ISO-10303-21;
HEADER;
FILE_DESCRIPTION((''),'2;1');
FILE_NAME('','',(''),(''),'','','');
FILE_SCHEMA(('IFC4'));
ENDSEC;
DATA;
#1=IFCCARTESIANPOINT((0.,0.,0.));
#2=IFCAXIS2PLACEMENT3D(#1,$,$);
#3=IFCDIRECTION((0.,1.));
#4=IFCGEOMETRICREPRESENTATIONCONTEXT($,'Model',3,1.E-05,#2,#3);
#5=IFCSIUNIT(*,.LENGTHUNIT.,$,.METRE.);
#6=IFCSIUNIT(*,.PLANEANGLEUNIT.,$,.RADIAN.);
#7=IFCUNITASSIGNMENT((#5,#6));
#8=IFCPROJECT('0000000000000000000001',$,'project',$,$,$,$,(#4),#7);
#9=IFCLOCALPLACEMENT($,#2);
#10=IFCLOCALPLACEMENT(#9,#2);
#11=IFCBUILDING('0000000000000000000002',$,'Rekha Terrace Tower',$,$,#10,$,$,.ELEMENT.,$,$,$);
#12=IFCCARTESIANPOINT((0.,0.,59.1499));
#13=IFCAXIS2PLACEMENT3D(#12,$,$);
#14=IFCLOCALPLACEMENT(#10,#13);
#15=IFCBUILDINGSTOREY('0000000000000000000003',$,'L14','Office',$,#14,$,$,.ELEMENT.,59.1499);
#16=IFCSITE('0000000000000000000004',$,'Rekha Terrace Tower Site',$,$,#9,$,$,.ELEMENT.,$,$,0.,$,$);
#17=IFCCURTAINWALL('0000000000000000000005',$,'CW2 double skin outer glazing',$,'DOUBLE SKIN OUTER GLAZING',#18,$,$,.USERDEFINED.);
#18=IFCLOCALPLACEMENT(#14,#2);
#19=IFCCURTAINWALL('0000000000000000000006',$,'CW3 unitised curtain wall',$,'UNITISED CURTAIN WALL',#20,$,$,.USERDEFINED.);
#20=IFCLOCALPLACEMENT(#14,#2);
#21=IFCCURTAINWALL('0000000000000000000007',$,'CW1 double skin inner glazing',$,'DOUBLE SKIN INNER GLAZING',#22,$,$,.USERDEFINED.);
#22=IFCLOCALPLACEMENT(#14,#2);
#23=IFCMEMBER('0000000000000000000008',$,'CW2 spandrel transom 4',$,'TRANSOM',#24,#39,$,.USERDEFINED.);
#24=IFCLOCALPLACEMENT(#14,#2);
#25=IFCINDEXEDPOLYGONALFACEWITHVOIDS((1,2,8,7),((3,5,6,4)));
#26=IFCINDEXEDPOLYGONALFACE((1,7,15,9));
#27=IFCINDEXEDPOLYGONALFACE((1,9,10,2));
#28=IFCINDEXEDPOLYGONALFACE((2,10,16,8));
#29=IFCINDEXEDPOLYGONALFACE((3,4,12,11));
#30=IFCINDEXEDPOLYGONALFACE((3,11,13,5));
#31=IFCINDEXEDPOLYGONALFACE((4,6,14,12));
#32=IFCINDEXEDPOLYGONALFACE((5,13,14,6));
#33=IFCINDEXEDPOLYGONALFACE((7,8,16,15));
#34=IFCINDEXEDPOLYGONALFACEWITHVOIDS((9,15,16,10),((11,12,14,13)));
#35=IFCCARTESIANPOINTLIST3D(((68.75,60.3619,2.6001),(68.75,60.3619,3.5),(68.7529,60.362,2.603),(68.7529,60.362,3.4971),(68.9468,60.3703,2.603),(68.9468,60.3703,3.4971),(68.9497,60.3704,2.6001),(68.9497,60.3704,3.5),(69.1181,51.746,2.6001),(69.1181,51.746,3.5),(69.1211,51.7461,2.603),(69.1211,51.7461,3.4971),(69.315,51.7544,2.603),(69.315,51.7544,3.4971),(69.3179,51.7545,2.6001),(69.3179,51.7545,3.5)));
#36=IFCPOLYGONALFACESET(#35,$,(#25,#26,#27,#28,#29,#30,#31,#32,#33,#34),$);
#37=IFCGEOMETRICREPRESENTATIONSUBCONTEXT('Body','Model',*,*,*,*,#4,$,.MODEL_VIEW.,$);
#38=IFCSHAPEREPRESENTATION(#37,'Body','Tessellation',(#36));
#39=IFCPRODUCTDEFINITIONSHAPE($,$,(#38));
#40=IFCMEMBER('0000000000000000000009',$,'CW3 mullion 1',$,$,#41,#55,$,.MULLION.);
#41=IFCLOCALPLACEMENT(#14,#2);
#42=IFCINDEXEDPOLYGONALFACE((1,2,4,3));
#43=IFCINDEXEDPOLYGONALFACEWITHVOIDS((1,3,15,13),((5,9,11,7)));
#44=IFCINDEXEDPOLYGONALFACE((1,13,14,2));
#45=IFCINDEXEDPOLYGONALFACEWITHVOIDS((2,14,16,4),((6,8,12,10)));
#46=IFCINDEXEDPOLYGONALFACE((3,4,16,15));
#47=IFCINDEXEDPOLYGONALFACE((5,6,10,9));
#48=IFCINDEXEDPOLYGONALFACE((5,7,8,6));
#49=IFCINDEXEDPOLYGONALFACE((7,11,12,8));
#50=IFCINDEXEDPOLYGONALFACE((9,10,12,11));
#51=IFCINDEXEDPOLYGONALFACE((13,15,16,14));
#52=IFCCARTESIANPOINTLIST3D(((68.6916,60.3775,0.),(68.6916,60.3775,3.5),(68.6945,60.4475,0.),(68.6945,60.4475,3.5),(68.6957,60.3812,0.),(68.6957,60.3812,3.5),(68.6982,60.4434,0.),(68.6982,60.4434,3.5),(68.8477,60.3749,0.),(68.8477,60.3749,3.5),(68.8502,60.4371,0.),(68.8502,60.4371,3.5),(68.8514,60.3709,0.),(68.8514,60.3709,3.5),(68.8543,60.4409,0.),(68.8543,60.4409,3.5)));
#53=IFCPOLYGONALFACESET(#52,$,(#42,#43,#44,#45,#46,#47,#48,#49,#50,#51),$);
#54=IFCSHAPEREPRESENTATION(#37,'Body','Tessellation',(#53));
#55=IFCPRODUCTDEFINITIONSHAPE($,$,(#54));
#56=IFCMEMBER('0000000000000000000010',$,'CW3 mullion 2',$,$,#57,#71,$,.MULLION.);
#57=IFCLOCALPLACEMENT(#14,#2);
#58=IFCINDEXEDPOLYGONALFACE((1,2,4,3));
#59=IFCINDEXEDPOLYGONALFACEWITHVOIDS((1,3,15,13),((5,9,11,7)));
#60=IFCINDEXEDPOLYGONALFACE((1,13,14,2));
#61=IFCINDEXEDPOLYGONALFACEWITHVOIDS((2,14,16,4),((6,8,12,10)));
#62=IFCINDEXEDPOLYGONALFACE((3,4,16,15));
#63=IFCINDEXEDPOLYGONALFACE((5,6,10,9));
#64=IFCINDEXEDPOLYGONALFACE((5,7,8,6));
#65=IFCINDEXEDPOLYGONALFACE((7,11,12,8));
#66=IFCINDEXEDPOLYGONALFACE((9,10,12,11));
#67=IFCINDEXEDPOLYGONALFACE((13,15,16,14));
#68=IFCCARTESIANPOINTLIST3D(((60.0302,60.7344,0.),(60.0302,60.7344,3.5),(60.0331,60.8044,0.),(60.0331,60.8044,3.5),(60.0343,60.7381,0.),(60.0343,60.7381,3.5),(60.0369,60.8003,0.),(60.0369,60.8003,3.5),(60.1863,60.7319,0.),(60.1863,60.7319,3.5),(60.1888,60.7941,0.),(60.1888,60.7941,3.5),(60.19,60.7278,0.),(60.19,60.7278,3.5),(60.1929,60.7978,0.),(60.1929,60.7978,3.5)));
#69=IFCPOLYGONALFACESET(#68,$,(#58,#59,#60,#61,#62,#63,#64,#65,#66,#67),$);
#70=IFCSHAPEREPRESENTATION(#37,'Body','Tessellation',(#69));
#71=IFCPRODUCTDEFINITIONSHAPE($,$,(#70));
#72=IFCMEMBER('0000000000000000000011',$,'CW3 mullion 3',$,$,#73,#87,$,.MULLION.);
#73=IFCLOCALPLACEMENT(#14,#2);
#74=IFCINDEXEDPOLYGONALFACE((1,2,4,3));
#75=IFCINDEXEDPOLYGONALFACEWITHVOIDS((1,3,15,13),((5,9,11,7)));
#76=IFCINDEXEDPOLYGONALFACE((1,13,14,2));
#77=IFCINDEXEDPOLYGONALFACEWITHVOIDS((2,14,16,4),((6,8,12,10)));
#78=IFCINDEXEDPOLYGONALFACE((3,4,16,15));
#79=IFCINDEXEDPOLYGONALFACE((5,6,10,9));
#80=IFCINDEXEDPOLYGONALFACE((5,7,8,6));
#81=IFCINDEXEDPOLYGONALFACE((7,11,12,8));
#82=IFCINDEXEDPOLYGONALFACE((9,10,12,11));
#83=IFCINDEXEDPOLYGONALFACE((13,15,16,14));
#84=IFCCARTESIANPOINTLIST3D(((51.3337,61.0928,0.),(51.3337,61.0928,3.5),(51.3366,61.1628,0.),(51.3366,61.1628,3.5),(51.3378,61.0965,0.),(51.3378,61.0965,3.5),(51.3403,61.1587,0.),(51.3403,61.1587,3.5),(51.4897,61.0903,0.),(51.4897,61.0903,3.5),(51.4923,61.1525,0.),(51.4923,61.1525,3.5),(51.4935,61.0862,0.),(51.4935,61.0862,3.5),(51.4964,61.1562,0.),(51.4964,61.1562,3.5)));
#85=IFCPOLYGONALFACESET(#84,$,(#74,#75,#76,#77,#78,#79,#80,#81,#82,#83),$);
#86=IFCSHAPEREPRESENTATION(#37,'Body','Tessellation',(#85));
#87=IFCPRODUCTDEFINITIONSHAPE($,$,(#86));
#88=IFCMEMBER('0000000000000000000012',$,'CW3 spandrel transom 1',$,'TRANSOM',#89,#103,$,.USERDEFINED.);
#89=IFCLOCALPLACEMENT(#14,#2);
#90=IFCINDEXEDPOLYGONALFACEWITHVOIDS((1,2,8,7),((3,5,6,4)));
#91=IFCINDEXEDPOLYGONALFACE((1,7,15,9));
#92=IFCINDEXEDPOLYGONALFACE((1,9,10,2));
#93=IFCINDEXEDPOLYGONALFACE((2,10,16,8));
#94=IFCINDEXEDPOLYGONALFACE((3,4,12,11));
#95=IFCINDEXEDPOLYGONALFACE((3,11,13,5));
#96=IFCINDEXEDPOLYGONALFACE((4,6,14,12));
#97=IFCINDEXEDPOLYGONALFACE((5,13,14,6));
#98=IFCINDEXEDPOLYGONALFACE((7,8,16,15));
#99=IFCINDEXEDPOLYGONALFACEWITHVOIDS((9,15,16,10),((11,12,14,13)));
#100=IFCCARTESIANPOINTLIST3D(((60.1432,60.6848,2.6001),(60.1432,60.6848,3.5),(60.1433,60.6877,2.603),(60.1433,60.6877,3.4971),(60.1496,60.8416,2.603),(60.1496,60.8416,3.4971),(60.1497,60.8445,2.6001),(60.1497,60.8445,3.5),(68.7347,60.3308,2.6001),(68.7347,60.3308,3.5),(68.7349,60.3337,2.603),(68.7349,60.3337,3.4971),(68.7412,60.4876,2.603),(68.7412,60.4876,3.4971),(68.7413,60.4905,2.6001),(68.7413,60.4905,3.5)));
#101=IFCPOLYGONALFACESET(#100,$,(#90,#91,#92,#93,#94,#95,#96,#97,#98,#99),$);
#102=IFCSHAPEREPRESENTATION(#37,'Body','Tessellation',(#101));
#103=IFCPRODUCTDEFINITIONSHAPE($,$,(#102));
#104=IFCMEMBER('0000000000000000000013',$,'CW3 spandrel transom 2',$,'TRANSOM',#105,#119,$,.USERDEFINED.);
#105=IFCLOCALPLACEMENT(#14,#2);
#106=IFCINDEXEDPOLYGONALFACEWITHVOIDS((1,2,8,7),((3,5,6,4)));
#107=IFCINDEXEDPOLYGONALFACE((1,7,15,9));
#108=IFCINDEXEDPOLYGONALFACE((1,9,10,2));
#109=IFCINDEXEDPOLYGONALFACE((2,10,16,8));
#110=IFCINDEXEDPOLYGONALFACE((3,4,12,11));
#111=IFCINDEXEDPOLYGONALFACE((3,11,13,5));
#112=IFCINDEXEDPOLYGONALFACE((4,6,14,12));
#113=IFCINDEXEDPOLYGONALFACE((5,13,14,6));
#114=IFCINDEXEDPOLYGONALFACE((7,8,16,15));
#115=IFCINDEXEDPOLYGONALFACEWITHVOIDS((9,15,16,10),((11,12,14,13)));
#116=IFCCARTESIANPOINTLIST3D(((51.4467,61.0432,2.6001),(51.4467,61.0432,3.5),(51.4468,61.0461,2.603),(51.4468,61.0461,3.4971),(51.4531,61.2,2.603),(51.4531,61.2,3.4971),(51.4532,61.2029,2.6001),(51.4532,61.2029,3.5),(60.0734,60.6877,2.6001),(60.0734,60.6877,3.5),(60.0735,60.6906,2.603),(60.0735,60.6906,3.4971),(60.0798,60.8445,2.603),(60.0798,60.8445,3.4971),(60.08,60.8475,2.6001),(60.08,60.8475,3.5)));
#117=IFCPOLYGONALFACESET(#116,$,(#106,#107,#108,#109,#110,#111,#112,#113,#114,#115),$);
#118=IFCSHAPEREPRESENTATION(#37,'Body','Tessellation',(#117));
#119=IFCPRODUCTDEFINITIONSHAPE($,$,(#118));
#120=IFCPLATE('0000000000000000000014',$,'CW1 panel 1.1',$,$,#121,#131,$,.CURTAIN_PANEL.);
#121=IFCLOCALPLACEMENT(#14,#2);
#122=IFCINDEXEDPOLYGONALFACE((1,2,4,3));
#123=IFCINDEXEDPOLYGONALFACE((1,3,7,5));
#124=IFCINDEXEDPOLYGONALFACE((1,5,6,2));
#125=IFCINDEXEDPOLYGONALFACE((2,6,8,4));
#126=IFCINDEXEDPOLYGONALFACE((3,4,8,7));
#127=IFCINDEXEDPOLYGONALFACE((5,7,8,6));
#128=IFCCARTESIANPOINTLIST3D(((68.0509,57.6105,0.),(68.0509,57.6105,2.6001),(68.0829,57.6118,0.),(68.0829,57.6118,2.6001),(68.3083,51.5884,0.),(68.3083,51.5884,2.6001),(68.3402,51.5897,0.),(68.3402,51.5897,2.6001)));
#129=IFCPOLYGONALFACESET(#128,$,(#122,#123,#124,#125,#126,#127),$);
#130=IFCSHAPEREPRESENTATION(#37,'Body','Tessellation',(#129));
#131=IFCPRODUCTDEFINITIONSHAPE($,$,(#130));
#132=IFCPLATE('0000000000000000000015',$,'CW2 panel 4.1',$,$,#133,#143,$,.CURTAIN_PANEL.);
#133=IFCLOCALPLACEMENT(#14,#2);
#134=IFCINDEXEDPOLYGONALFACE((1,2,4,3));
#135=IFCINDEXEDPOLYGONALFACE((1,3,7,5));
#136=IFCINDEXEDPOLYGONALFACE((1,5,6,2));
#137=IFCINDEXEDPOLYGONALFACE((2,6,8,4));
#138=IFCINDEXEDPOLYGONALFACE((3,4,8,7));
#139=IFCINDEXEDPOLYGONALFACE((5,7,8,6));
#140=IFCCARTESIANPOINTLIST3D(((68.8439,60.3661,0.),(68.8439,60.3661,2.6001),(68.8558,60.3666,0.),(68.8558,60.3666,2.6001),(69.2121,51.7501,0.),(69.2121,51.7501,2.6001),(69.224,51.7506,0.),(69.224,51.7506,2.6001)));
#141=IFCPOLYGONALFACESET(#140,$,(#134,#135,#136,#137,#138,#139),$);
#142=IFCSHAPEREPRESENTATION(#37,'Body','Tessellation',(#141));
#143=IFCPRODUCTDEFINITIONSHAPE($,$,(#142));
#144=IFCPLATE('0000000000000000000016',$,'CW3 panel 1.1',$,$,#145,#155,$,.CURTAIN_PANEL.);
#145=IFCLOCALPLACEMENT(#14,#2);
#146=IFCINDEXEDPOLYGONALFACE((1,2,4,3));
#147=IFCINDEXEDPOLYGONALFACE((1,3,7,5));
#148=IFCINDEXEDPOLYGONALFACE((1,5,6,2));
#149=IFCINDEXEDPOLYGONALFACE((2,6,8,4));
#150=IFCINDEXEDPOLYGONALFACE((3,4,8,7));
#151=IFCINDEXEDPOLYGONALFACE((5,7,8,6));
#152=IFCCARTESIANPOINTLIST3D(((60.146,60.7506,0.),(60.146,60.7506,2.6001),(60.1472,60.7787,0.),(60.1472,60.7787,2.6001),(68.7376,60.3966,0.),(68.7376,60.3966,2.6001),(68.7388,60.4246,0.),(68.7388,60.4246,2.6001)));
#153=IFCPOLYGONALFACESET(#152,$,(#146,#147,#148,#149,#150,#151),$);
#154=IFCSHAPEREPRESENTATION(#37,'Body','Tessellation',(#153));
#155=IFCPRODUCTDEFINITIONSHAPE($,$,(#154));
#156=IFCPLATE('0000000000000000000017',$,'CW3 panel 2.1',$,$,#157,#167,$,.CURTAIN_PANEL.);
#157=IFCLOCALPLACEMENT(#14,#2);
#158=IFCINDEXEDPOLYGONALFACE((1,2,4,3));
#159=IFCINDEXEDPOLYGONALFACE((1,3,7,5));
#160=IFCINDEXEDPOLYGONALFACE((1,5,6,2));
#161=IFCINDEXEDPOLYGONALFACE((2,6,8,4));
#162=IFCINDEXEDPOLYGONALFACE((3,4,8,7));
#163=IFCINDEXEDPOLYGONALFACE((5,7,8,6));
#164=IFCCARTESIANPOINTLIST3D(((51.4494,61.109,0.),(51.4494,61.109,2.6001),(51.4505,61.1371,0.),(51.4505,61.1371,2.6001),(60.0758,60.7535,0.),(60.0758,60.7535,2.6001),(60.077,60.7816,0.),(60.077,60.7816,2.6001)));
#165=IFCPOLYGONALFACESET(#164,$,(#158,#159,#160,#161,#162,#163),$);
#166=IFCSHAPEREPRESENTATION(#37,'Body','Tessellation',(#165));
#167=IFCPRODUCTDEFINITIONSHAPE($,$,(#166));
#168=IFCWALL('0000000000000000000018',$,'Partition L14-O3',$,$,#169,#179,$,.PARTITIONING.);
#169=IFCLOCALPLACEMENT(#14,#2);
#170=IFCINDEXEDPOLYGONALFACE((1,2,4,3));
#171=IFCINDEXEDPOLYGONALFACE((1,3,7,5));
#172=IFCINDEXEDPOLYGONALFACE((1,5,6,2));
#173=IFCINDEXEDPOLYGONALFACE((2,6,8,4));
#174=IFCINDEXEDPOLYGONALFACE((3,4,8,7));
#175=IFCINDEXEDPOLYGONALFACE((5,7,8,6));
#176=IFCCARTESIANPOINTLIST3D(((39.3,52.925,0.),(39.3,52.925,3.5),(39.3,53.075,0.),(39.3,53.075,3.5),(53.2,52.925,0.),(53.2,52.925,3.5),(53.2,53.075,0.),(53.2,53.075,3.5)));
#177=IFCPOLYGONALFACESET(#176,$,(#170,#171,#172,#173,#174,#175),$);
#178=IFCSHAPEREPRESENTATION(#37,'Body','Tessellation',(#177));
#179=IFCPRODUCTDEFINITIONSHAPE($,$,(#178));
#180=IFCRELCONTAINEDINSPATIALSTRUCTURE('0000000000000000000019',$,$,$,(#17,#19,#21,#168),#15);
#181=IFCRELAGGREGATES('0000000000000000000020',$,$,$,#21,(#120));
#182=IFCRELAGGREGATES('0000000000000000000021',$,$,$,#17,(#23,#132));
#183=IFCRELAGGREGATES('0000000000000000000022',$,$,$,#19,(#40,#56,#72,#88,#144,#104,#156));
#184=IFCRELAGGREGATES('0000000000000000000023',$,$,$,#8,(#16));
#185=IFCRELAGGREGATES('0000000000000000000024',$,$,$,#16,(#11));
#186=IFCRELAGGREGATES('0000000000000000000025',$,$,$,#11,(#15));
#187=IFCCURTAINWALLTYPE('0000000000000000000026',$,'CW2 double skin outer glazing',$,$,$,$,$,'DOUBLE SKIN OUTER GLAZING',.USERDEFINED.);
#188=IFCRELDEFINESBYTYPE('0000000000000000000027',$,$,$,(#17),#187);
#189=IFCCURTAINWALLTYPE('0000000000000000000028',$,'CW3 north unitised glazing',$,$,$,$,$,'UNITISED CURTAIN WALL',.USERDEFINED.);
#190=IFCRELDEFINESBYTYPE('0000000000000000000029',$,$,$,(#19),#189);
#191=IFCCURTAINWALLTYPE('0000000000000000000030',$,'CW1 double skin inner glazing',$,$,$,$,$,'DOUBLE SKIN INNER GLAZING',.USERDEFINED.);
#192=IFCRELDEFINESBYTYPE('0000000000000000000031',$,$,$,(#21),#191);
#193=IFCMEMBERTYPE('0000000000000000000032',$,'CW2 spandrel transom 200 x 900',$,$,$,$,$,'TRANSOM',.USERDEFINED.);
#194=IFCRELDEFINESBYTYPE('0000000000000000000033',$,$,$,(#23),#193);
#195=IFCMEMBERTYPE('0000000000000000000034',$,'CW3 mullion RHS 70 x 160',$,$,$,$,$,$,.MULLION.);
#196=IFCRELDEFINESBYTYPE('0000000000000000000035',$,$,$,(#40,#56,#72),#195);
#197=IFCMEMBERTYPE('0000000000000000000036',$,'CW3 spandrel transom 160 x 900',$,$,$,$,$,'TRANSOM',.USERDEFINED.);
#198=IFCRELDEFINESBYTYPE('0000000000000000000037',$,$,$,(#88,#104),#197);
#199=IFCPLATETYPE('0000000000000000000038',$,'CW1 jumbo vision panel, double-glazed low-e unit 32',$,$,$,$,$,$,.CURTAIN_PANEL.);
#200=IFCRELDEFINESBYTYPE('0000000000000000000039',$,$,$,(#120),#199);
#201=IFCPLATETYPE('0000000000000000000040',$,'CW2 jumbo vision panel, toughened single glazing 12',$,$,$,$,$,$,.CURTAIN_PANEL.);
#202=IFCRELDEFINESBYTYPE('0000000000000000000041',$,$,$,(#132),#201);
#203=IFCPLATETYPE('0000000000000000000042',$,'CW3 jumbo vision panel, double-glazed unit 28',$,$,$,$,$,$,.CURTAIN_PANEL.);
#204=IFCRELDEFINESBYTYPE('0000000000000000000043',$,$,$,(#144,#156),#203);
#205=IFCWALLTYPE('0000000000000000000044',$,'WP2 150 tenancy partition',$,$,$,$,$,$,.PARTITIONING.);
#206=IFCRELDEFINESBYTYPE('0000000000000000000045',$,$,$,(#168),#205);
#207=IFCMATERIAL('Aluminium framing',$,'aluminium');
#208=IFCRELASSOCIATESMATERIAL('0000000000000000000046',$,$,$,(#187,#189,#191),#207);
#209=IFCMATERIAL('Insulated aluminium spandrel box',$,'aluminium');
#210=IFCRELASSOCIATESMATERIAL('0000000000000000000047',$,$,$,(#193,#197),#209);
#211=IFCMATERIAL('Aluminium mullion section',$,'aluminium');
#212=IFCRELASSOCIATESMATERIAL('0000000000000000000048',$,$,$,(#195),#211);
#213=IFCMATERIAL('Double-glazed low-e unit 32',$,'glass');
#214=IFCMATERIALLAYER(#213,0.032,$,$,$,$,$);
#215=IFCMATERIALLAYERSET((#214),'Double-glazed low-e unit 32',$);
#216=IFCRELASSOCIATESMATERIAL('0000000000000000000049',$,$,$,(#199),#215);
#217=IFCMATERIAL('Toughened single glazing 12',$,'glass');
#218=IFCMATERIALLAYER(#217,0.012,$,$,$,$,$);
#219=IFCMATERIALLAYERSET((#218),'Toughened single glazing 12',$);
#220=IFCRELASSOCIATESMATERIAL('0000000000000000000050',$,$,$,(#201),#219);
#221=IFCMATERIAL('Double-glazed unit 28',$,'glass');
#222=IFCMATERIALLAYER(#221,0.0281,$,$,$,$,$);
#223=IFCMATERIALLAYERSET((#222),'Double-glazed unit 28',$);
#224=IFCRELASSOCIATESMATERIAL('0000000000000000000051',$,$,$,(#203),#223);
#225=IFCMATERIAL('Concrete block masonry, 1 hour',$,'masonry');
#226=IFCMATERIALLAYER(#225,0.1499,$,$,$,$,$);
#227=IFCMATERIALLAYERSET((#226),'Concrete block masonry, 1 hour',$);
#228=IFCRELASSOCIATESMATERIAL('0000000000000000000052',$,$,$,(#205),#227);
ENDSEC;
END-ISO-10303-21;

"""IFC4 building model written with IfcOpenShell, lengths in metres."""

from ifc_helpers import new_model, si_unit, direction, frame, frame_2d, origin, origin_2d, place, context, subcontext, project, spatial, rectangle, hollow_rectangle, extrude, material, layer, layer_set, material_profile, profile_set, type_object, element, aggregate, save


model = new_model("IFC4")

# Units and contexts
model_context = context("Model", 3, precision=1e-05, world=origin(), true_north=direction((0.0, 1.0)))
body_context = subcontext(model_context, "Body", "Model", "MODEL_VIEW")
ifc_project = project(units=[si_unit("LENGTHUNIT", "METRE"), si_unit("PLANEANGLEUNIT", "RADIAN")], contexts=[model_context])

# Site, building, storey
site_placement = place(None, origin())
site = spatial("IfcSite", under=ifc_project, at=site_placement, Name="Rekha Terrace Tower Site", CompositionType="ELEMENT", RefElevation=0.0)
building_placement = place(site_placement, origin())
building = spatial("IfcBuilding", under=site, at=building_placement, Name="Rekha Terrace Tower", CompositionType="ELEMENT")
storey_placement = place(building_placement, frame((0.0, 0.0, 59.1499)))
storey = spatial("IfcBuildingStorey", under=building, at=storey_placement, Name="L14", Description="Office", CompositionType="ELEMENT", Elevation=59.1499)

# Curtain wall
ifc_material_1 = material(Name="Aluminium framing", Category="aluminium")
curtain_wall_type_1 = type_object("IfcCurtainWallType", Name="CW2 double skin outer glazing", ElementType="DOUBLE SKIN OUTER GLAZING", PredefinedType="USERDEFINED", material=ifc_material_1)
curtain_wall_1_placement = place(storey_placement, origin())
curtain_wall_1 = element("IfcCurtainWall", 1, at=curtain_wall_1_placement, inside=storey, type_object=curtain_wall_type_1, Name="CW2 double skin outer glazing", ObjectType="DOUBLE SKIN OUTER GLAZING", PredefinedType="USERDEFINED")

# Curtain walls
curtain_wall_type_2 = type_object("IfcCurtainWallType", Name="CW3 north unitised glazing", ElementType="UNITISED CURTAIN WALL", PredefinedType="USERDEFINED", material=ifc_material_1)
curtain_wall_2_placement = place(storey_placement, origin())
curtain_wall_2 = element("IfcCurtainWall", 2, at=curtain_wall_2_placement, inside=storey, type_object=curtain_wall_type_2, Name="CW3 unitised curtain wall", ObjectType="UNITISED CURTAIN WALL", PredefinedType="USERDEFINED")
curtain_wall_type_3 = type_object("IfcCurtainWallType", Name="CW1 double skin inner glazing", ElementType="DOUBLE SKIN INNER GLAZING", PredefinedType="USERDEFINED", material=ifc_material_1)
curtain_wall_3_placement = place(storey_placement, origin())
curtain_wall_3 = element("IfcCurtainWall", 3, at=curtain_wall_3_placement, inside=storey, type_object=curtain_wall_type_3, Name="CW1 double skin inner glazing", ObjectType="DOUBLE SKIN INNER GLAZING", PredefinedType="USERDEFINED")
ifc_material_2 = material(Name="Aluminium mullion section", Category="aluminium")
ifc_material_3 = material(Name="Insulated aluminium spandrel box", Category="aluminium")

# Members
ifc_material_profile_1 = material_profile(ifc_material_3, hollow_rectangle(XDim=0.2, YDim=0.8999, WallThickness=0.0029, at=origin_2d()), Name="AL SPANDREL BOX 200x900")
ifc_profile_set_1 = profile_set([ifc_material_profile_1], Name="Insulated aluminium spandrel box")
member_type_1 = type_object("IfcMemberType", Name="CW2 spandrel transom 200 x 900", ElementType="TRANSOM", PredefinedType="USERDEFINED", material=ifc_profile_set_1)
member_1_placement = place(storey_placement, frame((69.218, 51.7502, 3.05), z_axis=(-0.042691, 0.999088, 0.0), x_axis=(-0.999088, -0.042691, 0.0)))
member_1 = element("IfcMember", 4, at=member_1_placement, type_object=member_type_1, Name="CW2 spandrel transom 4", ObjectType="TRANSOM", PredefinedType="USERDEFINED", context=body_context, shape_type="SweptSolid", body=[
    extrude(hollow_rectangle(XDim=0.2, YDim=0.8999, WallThickness=0.0029, at=origin_2d()), origin(), (0.0, 0.0, 1.0), 8.6238),
])
ifc_material_profile_2 = material_profile(ifc_material_2, hollow_rectangle(XDim=0.0701, YDim=0.1599, WallThickness=0.0039, at=origin_2d()), Name="AL RHS 70x160")
ifc_profile_set_2 = profile_set([ifc_material_profile_2], Name="Aluminium mullion section")
member_type_2 = type_object("IfcMemberType", Name="CW3 mullion RHS 70 x 160", PredefinedType="MULLION", material=ifc_profile_set_2)
member_2_placement = place(storey_placement, frame((68.7729, 60.4092, 0.0), z_axis=(0.0, 0.0, 1.0), x_axis=(-0.041174, -0.999152, 0.0)))
member_2 = element("IfcMember", 5, at=member_2_placement, type_object=member_type_2, Name="CW3 mullion 1", PredefinedType="MULLION", context=body_context, shape_type="SweptSolid", body=[
    extrude(hollow_rectangle(XDim=0.0701, YDim=0.1599, WallThickness=0.0039, at=origin_2d()), origin(), (0.0, 0.0, 1.0), 3.5),
])
member_3_placement = place(storey_placement, frame((60.1116, 60.7661, 0.0), z_axis=(0.0, 0.0, 1.0), x_axis=(-0.041174, -0.999152, 0.0)))
member_3 = element("IfcMember", 6, at=member_3_placement, type_object=member_type_2, Name="CW3 mullion 2", PredefinedType="MULLION", context=body_context, shape_type="SweptSolid", body=[
    extrude(hollow_rectangle(XDim=0.0701, YDim=0.1599, WallThickness=0.0039, at=origin_2d()), origin(), (0.0, 0.0, 1.0), 3.5),
])
member_4_placement = place(storey_placement, frame((51.415, 61.1245, 0.0), z_axis=(0.0, 0.0, 1.0), x_axis=(-0.041174, -0.999152, 0.0)))
member_4 = element("IfcMember", 7, at=member_4_placement, type_object=member_type_2, Name="CW3 mullion 3", PredefinedType="MULLION", context=body_context, shape_type="SweptSolid", body=[
    extrude(hollow_rectangle(XDim=0.0701, YDim=0.1599, WallThickness=0.0039, at=origin_2d()), origin(), (0.0, 0.0, 1.0), 3.5),
])
ifc_material_profile_3 = material_profile(ifc_material_3, hollow_rectangle(XDim=0.1599, YDim=0.8999, WallThickness=0.0029, at=origin_2d()), Name="AL SPANDREL BOX 160x900")
ifc_profile_set_3 = profile_set([ifc_material_profile_3], Name="Insulated aluminium spandrel box")
member_type_3 = type_object("IfcMemberType", Name="CW3 spandrel transom 160 x 900", ElementType="TRANSOM", PredefinedType="USERDEFINED", material=ifc_profile_set_3)
member_5_placement = place(storey_placement, frame((68.738, 60.4106, 3.05), z_axis=(-0.999152, 0.041169, 0.0), x_axis=(-0.041169, -0.999152, 0.0)))
member_5 = element("IfcMember", 8, at=member_5_placement, type_object=member_type_3, Name="CW3 spandrel transom 1", ObjectType="TRANSOM", PredefinedType="USERDEFINED", context=body_context, shape_type="SweptSolid", body=[
    extrude(hollow_rectangle(XDim=0.1599, YDim=0.8999, WallThickness=0.0029, at=origin_2d()), origin(), (0.0, 0.0, 1.0), 8.5989),
])
member_6_placement = place(storey_placement, frame((60.0767, 60.7676, 3.05), z_axis=(-0.999152, 0.041171, 0.0), x_axis=(-0.041171, -0.999152, 0.0)))
member_6 = element("IfcMember", 9, at=member_6_placement, type_object=member_type_3, Name="CW3 spandrel transom 2", ObjectType="TRANSOM", PredefinedType="USERDEFINED", context=body_context, shape_type="SweptSolid", body=[
    extrude(hollow_rectangle(XDim=0.1599, YDim=0.8999, WallThickness=0.0029, at=origin_2d()), origin(), (0.0, 0.0, 1.0), 8.634),
])

# Plates
ifc_material_4 = material(Name="Double-glazed low-e unit 32", Category="glass")
ifc_layer_1 = layer(ifc_material_4, 0.032)
ifc_layer_set_1 = layer_set([ifc_layer_1], Name="Double-glazed low-e unit 32")
plate_type_1 = type_object("IfcPlateType", Name="CW1 jumbo vision panel, double-glazed low-e unit 32", PredefinedType="CURTAIN_PANEL", material=ifc_layer_set_1)
plate_1_placement = place(storey_placement, frame((68.1956, 54.6001, 0.0), z_axis=(0.0, 0.0, 1.0), x_axis=(-0.042696, 0.999088, 0.0)))
plate_1 = element("IfcPlate", 10, at=plate_1_placement, type_object=plate_type_1, Name="CW1 panel 1.1", PredefinedType="CURTAIN_PANEL", context=body_context, shape_type="SweptSolid", body=[
    extrude(rectangle(XDim=6.0276, YDim=0.032, at=origin_2d()), origin(), (0.0, 0.0, 1.0), 2.6001),
])
aggregate(curtain_wall_3, [plate_1])
ifc_material_5 = material(Name="Toughened single glazing 12", Category="glass")
ifc_layer_2 = layer(ifc_material_5, 0.012)
ifc_layer_set_2 = layer_set([ifc_layer_2], Name="Toughened single glazing 12")
plate_type_2 = type_object("IfcPlateType", Name="CW2 jumbo vision panel, toughened single glazing 12", PredefinedType="CURTAIN_PANEL", material=ifc_layer_set_2)
plate_2_placement = place(storey_placement, frame((69.0339, 56.0583, 0.0), z_axis=(0.0, 0.0, 1.0), x_axis=(-0.042696, 0.999088, 0.0)))
plate_2 = element("IfcPlate", 11, at=plate_2_placement, type_object=plate_type_2, Name="CW2 panel 4.1", PredefinedType="CURTAIN_PANEL", context=body_context, shape_type="SweptSolid", body=[
    extrude(rectangle(XDim=8.6238, YDim=0.012, at=origin_2d()), origin(), (0.0, 0.0, 1.0), 2.6001),
])
aggregate(curtain_wall_1, [member_1, plate_2])
ifc_material_6 = material(Name="Double-glazed unit 28", Category="glass")
ifc_layer_3 = layer(ifc_material_6, 0.0281)
ifc_layer_set_3 = layer_set([ifc_layer_3], Name="Double-glazed unit 28")
plate_type_3 = type_object("IfcPlateType", Name="CW3 jumbo vision panel, double-glazed unit 28", PredefinedType="CURTAIN_PANEL", material=ifc_layer_set_3)
plate_3_placement = place(storey_placement, frame((64.4424, 60.5876, 0.0), z_axis=(0.0, 0.0, 1.0), x_axis=(-0.999152, 0.041174, 0.0)))
plate_3 = element("IfcPlate", 12, at=plate_3_placement, type_object=plate_type_3, Name="CW3 panel 1.1", PredefinedType="CURTAIN_PANEL", context=body_context, shape_type="SweptSolid", body=[
    extrude(rectangle(XDim=8.5989, YDim=0.0281, at=origin_2d()), origin(), (0.0, 0.0, 1.0), 2.6001),
])
plate_4_placement = place(storey_placement, frame((55.7632, 60.9453, 0.0), z_axis=(0.0, 0.0, 1.0), x_axis=(-0.999152, 0.041174, 0.0)))
plate_4 = element("IfcPlate", 13, at=plate_4_placement, type_object=plate_type_3, Name="CW3 panel 2.1", PredefinedType="CURTAIN_PANEL", context=body_context, shape_type="SweptSolid", body=[
    extrude(rectangle(XDim=8.6338, YDim=0.0281, at=origin_2d()), origin(), (0.0, 0.0, 1.0), 2.6001),
])
aggregate(curtain_wall_2, [member_2, member_3, member_4, member_5, plate_3, member_6, plate_4])

# Wall
ifc_material_7 = material(Name="Concrete block masonry, 1 hour", Category="masonry")
ifc_layer_4 = layer(ifc_material_7, 0.1499)
ifc_layer_set_4 = layer_set([ifc_layer_4], Name="Concrete block masonry, 1 hour")
wall_type_1 = type_object("IfcWallType", Name="WP2 150 tenancy partition", PredefinedType="PARTITIONING", material=ifc_layer_set_4)
wall_1_placement = place(storey_placement, frame((53.2, 53.0, 0.0), z_axis=(0.0, 0.0, 1.0), x_axis=(-1.0, 0.0, 0.0)))
element("IfcWall", 14, at=wall_1_placement, inside=storey, type_object=wall_type_1, Name="Partition L14-O3", PredefinedType="PARTITIONING", context=body_context, shape_type="SweptSolid", body=[
    extrude(rectangle(XDim=13.8999, YDim=0.1499, at=frame_2d((6.95, 0.0))), origin(), (0.0, 0.0, 1.0), 3.5),
])

save(model, "model.ifc")
